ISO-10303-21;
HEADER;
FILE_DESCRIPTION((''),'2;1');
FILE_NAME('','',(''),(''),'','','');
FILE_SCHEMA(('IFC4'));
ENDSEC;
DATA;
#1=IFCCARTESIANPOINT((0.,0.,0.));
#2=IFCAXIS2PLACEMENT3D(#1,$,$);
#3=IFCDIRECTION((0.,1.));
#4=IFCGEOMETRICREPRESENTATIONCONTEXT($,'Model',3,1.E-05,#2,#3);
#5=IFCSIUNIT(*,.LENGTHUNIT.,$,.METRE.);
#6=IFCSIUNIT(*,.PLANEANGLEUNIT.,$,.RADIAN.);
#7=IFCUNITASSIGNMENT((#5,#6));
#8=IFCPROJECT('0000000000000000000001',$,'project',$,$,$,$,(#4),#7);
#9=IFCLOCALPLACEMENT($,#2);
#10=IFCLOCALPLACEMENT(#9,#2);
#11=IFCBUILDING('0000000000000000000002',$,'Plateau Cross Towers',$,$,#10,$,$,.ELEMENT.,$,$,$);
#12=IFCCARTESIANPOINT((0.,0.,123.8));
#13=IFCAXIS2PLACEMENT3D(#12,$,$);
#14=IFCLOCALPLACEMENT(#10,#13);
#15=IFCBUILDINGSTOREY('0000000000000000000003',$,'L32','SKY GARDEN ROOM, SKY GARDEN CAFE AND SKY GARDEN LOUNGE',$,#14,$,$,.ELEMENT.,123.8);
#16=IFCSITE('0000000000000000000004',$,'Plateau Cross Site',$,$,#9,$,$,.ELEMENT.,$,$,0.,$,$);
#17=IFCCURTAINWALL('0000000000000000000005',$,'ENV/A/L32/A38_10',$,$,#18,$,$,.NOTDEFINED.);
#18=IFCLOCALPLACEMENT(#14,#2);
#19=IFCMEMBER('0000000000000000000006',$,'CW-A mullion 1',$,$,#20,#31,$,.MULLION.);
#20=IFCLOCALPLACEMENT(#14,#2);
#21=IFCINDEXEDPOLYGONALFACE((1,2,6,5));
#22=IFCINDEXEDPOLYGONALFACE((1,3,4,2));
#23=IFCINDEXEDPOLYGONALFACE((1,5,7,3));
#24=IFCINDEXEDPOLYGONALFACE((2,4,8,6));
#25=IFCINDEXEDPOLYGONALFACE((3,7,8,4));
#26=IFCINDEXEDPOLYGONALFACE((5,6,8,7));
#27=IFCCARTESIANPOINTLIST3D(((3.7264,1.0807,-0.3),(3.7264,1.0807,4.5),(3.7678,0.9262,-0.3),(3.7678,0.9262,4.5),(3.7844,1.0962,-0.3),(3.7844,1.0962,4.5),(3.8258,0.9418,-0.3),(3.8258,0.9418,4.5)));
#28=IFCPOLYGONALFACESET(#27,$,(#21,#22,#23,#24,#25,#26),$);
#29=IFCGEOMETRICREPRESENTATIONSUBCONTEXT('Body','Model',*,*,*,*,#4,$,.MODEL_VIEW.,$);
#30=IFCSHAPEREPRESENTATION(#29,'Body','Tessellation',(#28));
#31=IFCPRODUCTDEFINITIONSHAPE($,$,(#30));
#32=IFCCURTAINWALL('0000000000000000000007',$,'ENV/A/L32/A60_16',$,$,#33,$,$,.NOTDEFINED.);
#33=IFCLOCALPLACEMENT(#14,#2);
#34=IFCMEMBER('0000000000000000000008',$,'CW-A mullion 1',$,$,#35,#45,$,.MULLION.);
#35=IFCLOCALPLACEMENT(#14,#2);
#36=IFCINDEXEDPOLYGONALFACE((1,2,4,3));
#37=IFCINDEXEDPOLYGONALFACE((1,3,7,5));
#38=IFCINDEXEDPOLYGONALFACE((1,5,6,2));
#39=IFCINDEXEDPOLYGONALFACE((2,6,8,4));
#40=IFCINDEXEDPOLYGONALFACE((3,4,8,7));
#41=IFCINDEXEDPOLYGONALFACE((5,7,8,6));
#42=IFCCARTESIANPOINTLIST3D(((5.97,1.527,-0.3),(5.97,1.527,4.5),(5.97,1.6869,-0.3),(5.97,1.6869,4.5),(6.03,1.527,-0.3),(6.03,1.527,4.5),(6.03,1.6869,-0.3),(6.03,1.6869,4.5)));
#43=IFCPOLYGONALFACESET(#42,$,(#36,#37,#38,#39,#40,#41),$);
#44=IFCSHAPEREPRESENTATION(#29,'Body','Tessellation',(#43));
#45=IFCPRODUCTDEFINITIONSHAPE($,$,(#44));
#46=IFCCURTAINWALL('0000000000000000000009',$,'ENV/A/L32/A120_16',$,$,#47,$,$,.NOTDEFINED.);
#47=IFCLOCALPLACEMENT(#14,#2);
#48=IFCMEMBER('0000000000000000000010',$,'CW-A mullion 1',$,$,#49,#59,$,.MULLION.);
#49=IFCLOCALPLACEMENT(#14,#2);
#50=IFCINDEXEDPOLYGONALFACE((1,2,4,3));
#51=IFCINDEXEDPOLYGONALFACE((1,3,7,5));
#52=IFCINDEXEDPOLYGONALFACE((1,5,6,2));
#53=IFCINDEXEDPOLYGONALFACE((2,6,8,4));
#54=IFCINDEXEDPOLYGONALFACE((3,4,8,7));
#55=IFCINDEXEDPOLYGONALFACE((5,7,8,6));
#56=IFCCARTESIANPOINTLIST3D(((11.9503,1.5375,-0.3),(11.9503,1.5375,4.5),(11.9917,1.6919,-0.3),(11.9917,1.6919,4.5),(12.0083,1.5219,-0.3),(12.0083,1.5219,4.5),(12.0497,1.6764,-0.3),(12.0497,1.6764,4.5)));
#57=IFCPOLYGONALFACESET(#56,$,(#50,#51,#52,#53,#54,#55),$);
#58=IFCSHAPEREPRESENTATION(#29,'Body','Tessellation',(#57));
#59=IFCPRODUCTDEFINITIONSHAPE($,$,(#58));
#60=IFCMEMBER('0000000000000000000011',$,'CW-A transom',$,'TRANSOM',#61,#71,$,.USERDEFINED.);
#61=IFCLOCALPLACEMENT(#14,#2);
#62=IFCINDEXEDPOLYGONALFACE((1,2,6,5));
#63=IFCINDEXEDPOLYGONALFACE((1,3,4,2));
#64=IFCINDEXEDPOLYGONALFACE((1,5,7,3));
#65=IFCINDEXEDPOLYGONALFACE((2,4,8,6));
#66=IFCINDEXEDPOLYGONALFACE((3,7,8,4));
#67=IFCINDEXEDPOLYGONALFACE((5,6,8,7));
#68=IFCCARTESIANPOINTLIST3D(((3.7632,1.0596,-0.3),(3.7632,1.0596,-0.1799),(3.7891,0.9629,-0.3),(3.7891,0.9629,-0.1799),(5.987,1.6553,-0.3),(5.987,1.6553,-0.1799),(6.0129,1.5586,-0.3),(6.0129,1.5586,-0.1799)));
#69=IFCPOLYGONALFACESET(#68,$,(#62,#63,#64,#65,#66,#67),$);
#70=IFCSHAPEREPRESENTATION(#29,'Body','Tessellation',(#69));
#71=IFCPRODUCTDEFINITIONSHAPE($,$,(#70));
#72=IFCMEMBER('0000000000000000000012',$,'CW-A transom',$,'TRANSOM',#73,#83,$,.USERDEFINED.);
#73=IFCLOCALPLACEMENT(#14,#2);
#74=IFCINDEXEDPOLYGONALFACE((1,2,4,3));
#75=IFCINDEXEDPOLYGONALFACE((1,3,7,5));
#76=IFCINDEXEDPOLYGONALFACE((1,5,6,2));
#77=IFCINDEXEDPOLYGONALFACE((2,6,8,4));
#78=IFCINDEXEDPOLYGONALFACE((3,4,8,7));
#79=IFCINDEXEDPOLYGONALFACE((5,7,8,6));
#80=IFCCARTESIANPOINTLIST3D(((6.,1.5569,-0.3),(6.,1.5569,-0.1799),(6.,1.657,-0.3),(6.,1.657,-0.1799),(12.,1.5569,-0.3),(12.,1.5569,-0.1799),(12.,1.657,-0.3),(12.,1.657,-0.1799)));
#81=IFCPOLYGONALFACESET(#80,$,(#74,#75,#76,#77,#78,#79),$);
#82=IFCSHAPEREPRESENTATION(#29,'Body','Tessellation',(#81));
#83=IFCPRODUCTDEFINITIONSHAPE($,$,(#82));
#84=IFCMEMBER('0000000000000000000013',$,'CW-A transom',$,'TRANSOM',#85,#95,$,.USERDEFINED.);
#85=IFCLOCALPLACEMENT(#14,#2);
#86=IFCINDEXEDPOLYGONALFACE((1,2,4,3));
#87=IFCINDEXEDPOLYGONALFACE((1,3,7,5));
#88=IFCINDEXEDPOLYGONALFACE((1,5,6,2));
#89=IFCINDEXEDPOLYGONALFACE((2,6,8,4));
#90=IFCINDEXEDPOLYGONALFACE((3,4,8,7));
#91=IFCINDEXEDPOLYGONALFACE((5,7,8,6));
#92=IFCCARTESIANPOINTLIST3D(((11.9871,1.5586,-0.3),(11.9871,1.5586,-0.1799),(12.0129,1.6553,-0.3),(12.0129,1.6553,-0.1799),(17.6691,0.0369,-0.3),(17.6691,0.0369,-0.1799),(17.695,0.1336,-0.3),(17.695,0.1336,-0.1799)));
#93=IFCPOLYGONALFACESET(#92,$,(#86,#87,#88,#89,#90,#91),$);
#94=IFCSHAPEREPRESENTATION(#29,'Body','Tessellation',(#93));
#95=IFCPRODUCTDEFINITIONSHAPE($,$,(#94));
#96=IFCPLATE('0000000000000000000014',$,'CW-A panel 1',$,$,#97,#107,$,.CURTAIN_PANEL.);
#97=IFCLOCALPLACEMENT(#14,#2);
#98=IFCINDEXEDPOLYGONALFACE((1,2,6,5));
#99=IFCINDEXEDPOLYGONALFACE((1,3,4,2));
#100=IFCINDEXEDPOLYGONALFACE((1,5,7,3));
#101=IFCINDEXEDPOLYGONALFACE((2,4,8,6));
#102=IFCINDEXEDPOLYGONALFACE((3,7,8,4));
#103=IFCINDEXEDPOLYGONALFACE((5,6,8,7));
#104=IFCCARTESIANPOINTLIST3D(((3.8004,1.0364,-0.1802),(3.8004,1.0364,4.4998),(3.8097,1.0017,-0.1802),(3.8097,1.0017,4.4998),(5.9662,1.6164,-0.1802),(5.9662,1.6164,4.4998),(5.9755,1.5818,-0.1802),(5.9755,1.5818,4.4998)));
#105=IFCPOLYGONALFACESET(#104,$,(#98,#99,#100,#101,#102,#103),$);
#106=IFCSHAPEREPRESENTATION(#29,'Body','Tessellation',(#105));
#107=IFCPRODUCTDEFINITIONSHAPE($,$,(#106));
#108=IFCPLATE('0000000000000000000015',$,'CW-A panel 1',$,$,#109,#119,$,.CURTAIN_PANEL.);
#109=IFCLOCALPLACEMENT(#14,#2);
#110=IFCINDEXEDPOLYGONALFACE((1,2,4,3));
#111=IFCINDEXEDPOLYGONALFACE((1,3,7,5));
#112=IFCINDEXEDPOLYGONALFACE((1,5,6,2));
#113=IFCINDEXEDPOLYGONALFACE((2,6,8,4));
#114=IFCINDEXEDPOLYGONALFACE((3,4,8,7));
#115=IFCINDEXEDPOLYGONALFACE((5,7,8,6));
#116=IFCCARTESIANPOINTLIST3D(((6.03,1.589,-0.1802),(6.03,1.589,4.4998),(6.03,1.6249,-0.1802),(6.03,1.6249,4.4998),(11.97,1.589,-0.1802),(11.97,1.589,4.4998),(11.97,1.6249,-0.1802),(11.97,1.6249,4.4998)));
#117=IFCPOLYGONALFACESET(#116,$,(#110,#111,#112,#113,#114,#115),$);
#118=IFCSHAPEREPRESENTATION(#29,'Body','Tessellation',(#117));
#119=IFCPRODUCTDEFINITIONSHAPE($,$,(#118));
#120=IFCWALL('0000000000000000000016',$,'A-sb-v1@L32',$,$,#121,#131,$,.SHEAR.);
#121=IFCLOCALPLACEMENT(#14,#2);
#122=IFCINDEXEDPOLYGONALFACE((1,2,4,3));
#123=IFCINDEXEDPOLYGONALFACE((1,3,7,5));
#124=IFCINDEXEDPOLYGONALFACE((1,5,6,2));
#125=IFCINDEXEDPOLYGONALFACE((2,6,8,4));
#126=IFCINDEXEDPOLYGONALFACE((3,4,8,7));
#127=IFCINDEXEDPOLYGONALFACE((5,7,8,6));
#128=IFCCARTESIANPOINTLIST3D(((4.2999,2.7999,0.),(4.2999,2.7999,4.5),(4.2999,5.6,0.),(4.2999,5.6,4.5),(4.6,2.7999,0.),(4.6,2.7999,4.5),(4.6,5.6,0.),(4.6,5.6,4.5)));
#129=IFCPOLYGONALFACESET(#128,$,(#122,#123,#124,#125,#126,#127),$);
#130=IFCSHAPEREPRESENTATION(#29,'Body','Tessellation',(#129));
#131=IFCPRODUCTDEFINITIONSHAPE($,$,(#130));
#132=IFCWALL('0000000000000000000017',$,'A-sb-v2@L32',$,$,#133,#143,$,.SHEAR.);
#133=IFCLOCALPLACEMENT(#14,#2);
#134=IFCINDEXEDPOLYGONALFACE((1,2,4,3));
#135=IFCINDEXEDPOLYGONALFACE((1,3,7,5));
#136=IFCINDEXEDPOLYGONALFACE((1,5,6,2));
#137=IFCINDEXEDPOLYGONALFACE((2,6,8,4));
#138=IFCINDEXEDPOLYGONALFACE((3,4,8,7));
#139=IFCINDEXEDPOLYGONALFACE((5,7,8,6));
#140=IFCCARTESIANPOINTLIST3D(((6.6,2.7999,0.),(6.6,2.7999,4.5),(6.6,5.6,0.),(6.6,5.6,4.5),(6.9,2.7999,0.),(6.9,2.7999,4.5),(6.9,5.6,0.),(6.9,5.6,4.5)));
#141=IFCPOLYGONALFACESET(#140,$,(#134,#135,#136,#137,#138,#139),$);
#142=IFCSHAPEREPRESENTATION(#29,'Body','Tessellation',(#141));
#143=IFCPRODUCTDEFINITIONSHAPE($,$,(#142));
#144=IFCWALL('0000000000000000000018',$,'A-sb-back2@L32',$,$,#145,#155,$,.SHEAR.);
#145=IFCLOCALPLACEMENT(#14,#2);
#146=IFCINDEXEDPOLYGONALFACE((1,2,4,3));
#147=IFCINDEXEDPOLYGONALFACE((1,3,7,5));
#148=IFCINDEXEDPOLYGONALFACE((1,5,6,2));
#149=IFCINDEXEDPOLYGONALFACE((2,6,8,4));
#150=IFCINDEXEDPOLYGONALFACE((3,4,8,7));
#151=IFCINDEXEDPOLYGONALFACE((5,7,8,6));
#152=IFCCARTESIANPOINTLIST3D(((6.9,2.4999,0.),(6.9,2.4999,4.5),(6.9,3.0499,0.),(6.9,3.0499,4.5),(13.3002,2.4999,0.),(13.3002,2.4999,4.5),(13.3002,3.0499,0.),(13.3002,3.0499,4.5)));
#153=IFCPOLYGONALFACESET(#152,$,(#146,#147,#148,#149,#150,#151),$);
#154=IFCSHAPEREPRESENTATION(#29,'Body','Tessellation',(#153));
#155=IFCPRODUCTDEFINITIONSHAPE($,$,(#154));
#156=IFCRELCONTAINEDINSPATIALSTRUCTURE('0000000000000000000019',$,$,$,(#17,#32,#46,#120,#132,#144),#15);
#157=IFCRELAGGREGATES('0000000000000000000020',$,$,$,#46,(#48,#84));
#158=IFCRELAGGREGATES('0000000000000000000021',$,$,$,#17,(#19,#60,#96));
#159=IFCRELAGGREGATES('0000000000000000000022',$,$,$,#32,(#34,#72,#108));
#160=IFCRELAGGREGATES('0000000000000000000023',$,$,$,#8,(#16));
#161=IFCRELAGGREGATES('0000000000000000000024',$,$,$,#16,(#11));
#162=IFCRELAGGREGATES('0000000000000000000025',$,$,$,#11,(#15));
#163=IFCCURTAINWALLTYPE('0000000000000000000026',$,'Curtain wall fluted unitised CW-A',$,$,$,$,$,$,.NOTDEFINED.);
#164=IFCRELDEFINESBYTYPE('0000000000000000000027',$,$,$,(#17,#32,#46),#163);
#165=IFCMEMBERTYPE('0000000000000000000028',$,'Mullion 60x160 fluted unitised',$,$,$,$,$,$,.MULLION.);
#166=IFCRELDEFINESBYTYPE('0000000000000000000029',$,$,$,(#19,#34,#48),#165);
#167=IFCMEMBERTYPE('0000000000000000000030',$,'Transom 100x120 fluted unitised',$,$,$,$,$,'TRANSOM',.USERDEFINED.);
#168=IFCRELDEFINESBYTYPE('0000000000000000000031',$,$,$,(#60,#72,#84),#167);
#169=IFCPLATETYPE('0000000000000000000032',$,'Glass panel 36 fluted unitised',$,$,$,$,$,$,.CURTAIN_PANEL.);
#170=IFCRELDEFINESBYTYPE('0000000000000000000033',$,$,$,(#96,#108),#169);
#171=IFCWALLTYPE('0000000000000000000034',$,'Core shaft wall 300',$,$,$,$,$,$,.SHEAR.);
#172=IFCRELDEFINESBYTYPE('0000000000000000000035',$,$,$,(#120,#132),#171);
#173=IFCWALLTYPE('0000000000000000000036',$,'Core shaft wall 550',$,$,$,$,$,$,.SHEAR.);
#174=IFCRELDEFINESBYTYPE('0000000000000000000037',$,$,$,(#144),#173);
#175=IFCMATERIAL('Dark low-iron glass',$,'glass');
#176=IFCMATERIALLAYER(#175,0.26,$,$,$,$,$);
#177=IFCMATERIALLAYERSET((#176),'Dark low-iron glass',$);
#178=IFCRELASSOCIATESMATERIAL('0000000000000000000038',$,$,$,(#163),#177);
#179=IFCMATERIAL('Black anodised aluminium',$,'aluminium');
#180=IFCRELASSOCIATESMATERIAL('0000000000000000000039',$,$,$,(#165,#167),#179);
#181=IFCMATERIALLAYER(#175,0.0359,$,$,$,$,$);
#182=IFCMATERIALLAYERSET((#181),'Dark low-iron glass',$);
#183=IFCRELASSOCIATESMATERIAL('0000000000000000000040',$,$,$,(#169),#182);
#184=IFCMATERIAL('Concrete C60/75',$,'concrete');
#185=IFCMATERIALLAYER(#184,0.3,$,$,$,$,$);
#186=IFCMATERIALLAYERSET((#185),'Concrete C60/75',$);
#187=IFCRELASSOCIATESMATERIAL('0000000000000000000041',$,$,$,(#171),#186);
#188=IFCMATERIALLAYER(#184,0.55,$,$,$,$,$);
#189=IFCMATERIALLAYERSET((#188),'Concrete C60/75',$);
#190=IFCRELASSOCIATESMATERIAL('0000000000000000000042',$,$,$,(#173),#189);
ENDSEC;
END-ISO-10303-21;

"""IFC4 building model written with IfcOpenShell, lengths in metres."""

from ifc_helpers import new_model, si_unit, direction, frame, frame_2d, origin, origin_2d, place, context, subcontext, project, spatial, rectangle, extrude, material, layer, layer_set, material_profile, profile_set, type_object, element, aggregate, save


model = new_model("IFC4")

# Units and contexts
model_context = context("Model", 3, precision=1e-05, world=origin(), true_north=direction((0.0, 1.0)))
body_context = subcontext(model_context, "Body", "Model", "MODEL_VIEW")
ifc_project = project(units=[si_unit("LENGTHUNIT", "METRE"), si_unit("PLANEANGLEUNIT", "RADIAN")], contexts=[model_context])

# Site, building, storey
site_placement = place(None, origin())
site = spatial("IfcSite", under=ifc_project, at=site_placement, Name="Plateau Cross Site", CompositionType="ELEMENT", RefElevation=0.0)
building_placement = place(site_placement, origin())
building = spatial("IfcBuilding", under=site, at=building_placement, Name="Plateau Cross Towers", CompositionType="ELEMENT")
storey_placement = place(building_placement, frame((0.0, 0.0, 123.8)))
storey = spatial("IfcBuildingStorey", under=building, at=storey_placement, Name="L32", Description="SKY GARDEN ROOM, SKY GARDEN CAFE AND SKY GARDEN LOUNGE", CompositionType="ELEMENT", Elevation=123.8)

# Curtain walls, members
ifc_material_1 = material(Name="Dark low-iron glass", Category="glass")
ifc_layer_1 = layer(ifc_material_1, 0.26)
ifc_layer_set_1 = layer_set([ifc_layer_1], Name="Dark low-iron glass")
curtain_wall_type = type_object("IfcCurtainWallType", Name="Curtain wall fluted unitised CW-A", PredefinedType="NOTDEFINED", material=ifc_layer_set_1)
curtain_wall_1_placement = place(storey_placement, origin())
curtain_wall_1 = element("IfcCurtainWall", 1, at=curtain_wall_1_placement, inside=storey, type_object=curtain_wall_type, Name="ENV/A/L32/A38_10", PredefinedType="NOTDEFINED")
ifc_material_2 = material(Name="Black anodised aluminium", Category="aluminium")
ifc_material_profile_1 = material_profile(ifc_material_2, rectangle(XDim=0.0601, YDim=0.1599, at=origin_2d()), Name="MULLION 60x160")
ifc_profile_set_1 = profile_set([ifc_material_profile_1], Name="Black anodised aluminium")
member_type_1 = type_object("IfcMemberType", Name="Mullion 60x160 fluted unitised", PredefinedType="MULLION", material=ifc_profile_set_1)
member_1_placement = place(storey_placement, frame((3.7761, 1.0112, -0.3), z_axis=(0.0, 0.0, 1.0), x_axis=(0.965958, 0.258699, 0.0)))
member_1 = element("IfcMember", 2, at=member_1_placement, type_object=member_type_1, Name="CW-A mullion 1", PredefinedType="MULLION", context=body_context, shape_type="SweptSolid", body=[
    extrude(rectangle(XDim=0.0601, YDim=0.1599, at=origin_2d()), origin(), (0.0, 0.0, 1.0), 4.8),
])
curtain_wall_2_placement = place(storey_placement, origin())
curtain_wall_2 = element("IfcCurtainWall", 3, at=curtain_wall_2_placement, inside=storey, type_object=curtain_wall_type, Name="ENV/A/L32/A60_16", PredefinedType="NOTDEFINED")
member_2_placement = place(storey_placement, frame((6.0, 1.6069, -0.3), z_axis=(0.0, 0.0, 1.0), x_axis=(1.0, 0.0, 0.0)))
member_2 = element("IfcMember", 4, at=member_2_placement, type_object=member_type_1, Name="CW-A mullion 1", PredefinedType="MULLION", context=body_context, shape_type="SweptSolid", body=[
    extrude(rectangle(XDim=0.0601, YDim=0.1599, at=origin_2d()), origin(), (0.0, 0.0, 1.0), 4.8),
])
curtain_wall_3_placement = place(storey_placement, origin())
curtain_wall_3 = element("IfcCurtainWall", 5, at=curtain_wall_3_placement, inside=storey, type_object=curtain_wall_type, Name="ENV/A/L32/A120_16", PredefinedType="NOTDEFINED")
member_3_placement = place(storey_placement, frame((12.0, 1.6069, -0.3), z_axis=(0.0, 0.0, 1.0), x_axis=(0.965958, -0.258699, 0.0)))
member_3 = element("IfcMember", 6, at=member_3_placement, type_object=member_type_1, Name="CW-A mullion 1", PredefinedType="MULLION", context=body_context, shape_type="SweptSolid", body=[
    extrude(rectangle(XDim=0.0601, YDim=0.1599, at=origin_2d()), origin(), (0.0, 0.0, 1.0), 4.8),
])

# Members
ifc_material_profile_2 = material_profile(ifc_material_2, rectangle(XDim=0.1001, YDim=0.1201, at=origin_2d()), Name="TRANSOM 100x120")
ifc_profile_set_2 = profile_set([ifc_material_profile_2], Name="Black anodised aluminium")
member_type_2 = type_object("IfcMemberType", Name="Transom 100x120 fluted unitised", ElementType="TRANSOM", PredefinedType="USERDEFINED", material=ifc_profile_set_2)
member_4_placement = place(storey_placement, frame((3.7761, 1.0112, -0.24), z_axis=(0.965946, 0.258745, 0.0), x_axis=(-0.258745, 0.965946, 0.0)))
member_4 = element("IfcMember", 7, at=member_4_placement, type_object=member_type_2, Name="CW-A transom", ObjectType="TRANSOM", PredefinedType="USERDEFINED", context=body_context, shape_type="SweptSolid", body=[
    extrude(rectangle(XDim=0.1001, YDim=0.1201, at=origin_2d()), origin(), (0.0, 0.0, 1.0), 2.3022),
])
member_5_placement = place(storey_placement, frame((6.0, 1.6069, -0.24), z_axis=(1.0, 0.0, 0.0), x_axis=(0.0, 1.0, 0.0)))
member_5 = element("IfcMember", 8, at=member_5_placement, type_object=member_type_2, Name="CW-A transom", ObjectType="TRANSOM", PredefinedType="USERDEFINED", context=body_context, shape_type="SweptSolid", body=[
    extrude(rectangle(XDim=0.1001, YDim=0.1201, at=origin_2d()), origin(), (0.0, 0.0, 1.0), 6.0),
])
member_6_placement = place(storey_placement, frame((12.0, 1.6069, -0.24), z_axis=(0.96596, -0.258693, 0.0), x_axis=(0.258693, 0.96596, 0.0)))
member_6 = element("IfcMember", 9, at=member_6_placement, type_object=member_type_2, Name="CW-A transom", ObjectType="TRANSOM", PredefinedType="USERDEFINED", context=body_context, shape_type="SweptSolid", body=[
    extrude(rectangle(XDim=0.1001, YDim=0.1201, at=origin_2d()), origin(), (0.0, 0.0, 1.0), 5.8823),
])
aggregate(curtain_wall_3, [member_3, member_6])

# Plates
ifc_layer_2 = layer(ifc_material_1, 0.0359)
ifc_layer_set_2 = layer_set([ifc_layer_2], Name="Dark low-iron glass")
plate_type = type_object("IfcPlateType", Name="Glass panel 36 fluted unitised", PredefinedType="CURTAIN_PANEL", material=ifc_layer_set_2)
plate_1_placement = place(storey_placement, frame((4.8879, 1.3091, -0.1802), z_axis=(0.0, 0.0, 1.0), x_axis=(0.965958, 0.258699, 0.0)))
plate_1 = element("IfcPlate", 10, at=plate_1_placement, type_object=plate_type, Name="CW-A panel 1", PredefinedType="CURTAIN_PANEL", context=body_context, shape_type="SweptSolid", body=[
    extrude(rectangle(XDim=2.2422, YDim=0.0359, at=origin_2d()), origin(), (0.0, 0.0, 1.0), 4.6799),
])
aggregate(curtain_wall_1, [member_1, member_4, plate_1])
plate_2_placement = place(storey_placement, frame((9.0, 1.6069, -0.1802), z_axis=(0.0, 0.0, 1.0), x_axis=(1.0, 0.0, 0.0)))
plate_2 = element("IfcPlate", 11, at=plate_2_placement, type_object=plate_type, Name="CW-A panel 1", PredefinedType="CURTAIN_PANEL", context=body_context, shape_type="SweptSolid", body=[
    extrude(rectangle(XDim=5.9399, YDim=0.0359, at=origin_2d()), origin(), (0.0, 0.0, 1.0), 4.6799),
])
aggregate(curtain_wall_2, [member_2, member_5, plate_2])

# Walls
ifc_material_3 = material(Name="Concrete C60/75", Category="concrete")
ifc_layer_3 = layer(ifc_material_3, 0.3)
ifc_layer_set_3 = layer_set([ifc_layer_3], Name="Concrete C60/75")
wall_type_1 = type_object("IfcWallType", Name="Core shaft wall 300", PredefinedType="SHEAR", material=ifc_layer_set_3)
for number, where, z_axis, x_axis, name in (
    (12, (4.45, 2.8, 0.0), (0.0, 0.0, 1.0), (0.0, 1.0, 0.0), "A-sb-v1@L32"),
    (13, (6.75, 2.8, 0.0), (0.0, 0.0, 1.0), (0.0, 1.0, 0.0), "A-sb-v2@L32"),
):
    element("IfcWall", number, at=place(storey_placement, frame(where, z_axis=z_axis, x_axis=x_axis)), inside=storey, type_object=wall_type_1, Name=name, PredefinedType="SHEAR", context=body_context, shape_type="SweptSolid", body=[
        extrude(rectangle(XDim=2.8, YDim=0.3, at=frame_2d((1.3999, 0.0))), origin(), (0.0, 0.0, 1.0), 4.5),
    ])
ifc_layer_4 = layer(ifc_material_3, 0.55)
ifc_layer_set_4 = layer_set([ifc_layer_4], Name="Concrete C60/75")
wall_type_2 = type_object("IfcWallType", Name="Core shaft wall 550", PredefinedType="SHEAR", material=ifc_layer_set_4)
wall_placement = place(storey_placement, frame((6.8999, 2.7749, 0.0), z_axis=(0.0, 0.0, 1.0), x_axis=(1.0, 0.0, 0.0)))
element("IfcWall", 14, at=wall_placement, inside=storey, type_object=wall_type_2, Name="A-sb-back2@L32", PredefinedType="SHEAR", context=body_context, shape_type="SweptSolid", body=[
    extrude(rectangle(XDim=6.4001, YDim=0.55, at=frame_2d((3.2002, 0.0))), origin(), (0.0, 0.0, 1.0), 4.5),
])

save(model, "model.ifc")
